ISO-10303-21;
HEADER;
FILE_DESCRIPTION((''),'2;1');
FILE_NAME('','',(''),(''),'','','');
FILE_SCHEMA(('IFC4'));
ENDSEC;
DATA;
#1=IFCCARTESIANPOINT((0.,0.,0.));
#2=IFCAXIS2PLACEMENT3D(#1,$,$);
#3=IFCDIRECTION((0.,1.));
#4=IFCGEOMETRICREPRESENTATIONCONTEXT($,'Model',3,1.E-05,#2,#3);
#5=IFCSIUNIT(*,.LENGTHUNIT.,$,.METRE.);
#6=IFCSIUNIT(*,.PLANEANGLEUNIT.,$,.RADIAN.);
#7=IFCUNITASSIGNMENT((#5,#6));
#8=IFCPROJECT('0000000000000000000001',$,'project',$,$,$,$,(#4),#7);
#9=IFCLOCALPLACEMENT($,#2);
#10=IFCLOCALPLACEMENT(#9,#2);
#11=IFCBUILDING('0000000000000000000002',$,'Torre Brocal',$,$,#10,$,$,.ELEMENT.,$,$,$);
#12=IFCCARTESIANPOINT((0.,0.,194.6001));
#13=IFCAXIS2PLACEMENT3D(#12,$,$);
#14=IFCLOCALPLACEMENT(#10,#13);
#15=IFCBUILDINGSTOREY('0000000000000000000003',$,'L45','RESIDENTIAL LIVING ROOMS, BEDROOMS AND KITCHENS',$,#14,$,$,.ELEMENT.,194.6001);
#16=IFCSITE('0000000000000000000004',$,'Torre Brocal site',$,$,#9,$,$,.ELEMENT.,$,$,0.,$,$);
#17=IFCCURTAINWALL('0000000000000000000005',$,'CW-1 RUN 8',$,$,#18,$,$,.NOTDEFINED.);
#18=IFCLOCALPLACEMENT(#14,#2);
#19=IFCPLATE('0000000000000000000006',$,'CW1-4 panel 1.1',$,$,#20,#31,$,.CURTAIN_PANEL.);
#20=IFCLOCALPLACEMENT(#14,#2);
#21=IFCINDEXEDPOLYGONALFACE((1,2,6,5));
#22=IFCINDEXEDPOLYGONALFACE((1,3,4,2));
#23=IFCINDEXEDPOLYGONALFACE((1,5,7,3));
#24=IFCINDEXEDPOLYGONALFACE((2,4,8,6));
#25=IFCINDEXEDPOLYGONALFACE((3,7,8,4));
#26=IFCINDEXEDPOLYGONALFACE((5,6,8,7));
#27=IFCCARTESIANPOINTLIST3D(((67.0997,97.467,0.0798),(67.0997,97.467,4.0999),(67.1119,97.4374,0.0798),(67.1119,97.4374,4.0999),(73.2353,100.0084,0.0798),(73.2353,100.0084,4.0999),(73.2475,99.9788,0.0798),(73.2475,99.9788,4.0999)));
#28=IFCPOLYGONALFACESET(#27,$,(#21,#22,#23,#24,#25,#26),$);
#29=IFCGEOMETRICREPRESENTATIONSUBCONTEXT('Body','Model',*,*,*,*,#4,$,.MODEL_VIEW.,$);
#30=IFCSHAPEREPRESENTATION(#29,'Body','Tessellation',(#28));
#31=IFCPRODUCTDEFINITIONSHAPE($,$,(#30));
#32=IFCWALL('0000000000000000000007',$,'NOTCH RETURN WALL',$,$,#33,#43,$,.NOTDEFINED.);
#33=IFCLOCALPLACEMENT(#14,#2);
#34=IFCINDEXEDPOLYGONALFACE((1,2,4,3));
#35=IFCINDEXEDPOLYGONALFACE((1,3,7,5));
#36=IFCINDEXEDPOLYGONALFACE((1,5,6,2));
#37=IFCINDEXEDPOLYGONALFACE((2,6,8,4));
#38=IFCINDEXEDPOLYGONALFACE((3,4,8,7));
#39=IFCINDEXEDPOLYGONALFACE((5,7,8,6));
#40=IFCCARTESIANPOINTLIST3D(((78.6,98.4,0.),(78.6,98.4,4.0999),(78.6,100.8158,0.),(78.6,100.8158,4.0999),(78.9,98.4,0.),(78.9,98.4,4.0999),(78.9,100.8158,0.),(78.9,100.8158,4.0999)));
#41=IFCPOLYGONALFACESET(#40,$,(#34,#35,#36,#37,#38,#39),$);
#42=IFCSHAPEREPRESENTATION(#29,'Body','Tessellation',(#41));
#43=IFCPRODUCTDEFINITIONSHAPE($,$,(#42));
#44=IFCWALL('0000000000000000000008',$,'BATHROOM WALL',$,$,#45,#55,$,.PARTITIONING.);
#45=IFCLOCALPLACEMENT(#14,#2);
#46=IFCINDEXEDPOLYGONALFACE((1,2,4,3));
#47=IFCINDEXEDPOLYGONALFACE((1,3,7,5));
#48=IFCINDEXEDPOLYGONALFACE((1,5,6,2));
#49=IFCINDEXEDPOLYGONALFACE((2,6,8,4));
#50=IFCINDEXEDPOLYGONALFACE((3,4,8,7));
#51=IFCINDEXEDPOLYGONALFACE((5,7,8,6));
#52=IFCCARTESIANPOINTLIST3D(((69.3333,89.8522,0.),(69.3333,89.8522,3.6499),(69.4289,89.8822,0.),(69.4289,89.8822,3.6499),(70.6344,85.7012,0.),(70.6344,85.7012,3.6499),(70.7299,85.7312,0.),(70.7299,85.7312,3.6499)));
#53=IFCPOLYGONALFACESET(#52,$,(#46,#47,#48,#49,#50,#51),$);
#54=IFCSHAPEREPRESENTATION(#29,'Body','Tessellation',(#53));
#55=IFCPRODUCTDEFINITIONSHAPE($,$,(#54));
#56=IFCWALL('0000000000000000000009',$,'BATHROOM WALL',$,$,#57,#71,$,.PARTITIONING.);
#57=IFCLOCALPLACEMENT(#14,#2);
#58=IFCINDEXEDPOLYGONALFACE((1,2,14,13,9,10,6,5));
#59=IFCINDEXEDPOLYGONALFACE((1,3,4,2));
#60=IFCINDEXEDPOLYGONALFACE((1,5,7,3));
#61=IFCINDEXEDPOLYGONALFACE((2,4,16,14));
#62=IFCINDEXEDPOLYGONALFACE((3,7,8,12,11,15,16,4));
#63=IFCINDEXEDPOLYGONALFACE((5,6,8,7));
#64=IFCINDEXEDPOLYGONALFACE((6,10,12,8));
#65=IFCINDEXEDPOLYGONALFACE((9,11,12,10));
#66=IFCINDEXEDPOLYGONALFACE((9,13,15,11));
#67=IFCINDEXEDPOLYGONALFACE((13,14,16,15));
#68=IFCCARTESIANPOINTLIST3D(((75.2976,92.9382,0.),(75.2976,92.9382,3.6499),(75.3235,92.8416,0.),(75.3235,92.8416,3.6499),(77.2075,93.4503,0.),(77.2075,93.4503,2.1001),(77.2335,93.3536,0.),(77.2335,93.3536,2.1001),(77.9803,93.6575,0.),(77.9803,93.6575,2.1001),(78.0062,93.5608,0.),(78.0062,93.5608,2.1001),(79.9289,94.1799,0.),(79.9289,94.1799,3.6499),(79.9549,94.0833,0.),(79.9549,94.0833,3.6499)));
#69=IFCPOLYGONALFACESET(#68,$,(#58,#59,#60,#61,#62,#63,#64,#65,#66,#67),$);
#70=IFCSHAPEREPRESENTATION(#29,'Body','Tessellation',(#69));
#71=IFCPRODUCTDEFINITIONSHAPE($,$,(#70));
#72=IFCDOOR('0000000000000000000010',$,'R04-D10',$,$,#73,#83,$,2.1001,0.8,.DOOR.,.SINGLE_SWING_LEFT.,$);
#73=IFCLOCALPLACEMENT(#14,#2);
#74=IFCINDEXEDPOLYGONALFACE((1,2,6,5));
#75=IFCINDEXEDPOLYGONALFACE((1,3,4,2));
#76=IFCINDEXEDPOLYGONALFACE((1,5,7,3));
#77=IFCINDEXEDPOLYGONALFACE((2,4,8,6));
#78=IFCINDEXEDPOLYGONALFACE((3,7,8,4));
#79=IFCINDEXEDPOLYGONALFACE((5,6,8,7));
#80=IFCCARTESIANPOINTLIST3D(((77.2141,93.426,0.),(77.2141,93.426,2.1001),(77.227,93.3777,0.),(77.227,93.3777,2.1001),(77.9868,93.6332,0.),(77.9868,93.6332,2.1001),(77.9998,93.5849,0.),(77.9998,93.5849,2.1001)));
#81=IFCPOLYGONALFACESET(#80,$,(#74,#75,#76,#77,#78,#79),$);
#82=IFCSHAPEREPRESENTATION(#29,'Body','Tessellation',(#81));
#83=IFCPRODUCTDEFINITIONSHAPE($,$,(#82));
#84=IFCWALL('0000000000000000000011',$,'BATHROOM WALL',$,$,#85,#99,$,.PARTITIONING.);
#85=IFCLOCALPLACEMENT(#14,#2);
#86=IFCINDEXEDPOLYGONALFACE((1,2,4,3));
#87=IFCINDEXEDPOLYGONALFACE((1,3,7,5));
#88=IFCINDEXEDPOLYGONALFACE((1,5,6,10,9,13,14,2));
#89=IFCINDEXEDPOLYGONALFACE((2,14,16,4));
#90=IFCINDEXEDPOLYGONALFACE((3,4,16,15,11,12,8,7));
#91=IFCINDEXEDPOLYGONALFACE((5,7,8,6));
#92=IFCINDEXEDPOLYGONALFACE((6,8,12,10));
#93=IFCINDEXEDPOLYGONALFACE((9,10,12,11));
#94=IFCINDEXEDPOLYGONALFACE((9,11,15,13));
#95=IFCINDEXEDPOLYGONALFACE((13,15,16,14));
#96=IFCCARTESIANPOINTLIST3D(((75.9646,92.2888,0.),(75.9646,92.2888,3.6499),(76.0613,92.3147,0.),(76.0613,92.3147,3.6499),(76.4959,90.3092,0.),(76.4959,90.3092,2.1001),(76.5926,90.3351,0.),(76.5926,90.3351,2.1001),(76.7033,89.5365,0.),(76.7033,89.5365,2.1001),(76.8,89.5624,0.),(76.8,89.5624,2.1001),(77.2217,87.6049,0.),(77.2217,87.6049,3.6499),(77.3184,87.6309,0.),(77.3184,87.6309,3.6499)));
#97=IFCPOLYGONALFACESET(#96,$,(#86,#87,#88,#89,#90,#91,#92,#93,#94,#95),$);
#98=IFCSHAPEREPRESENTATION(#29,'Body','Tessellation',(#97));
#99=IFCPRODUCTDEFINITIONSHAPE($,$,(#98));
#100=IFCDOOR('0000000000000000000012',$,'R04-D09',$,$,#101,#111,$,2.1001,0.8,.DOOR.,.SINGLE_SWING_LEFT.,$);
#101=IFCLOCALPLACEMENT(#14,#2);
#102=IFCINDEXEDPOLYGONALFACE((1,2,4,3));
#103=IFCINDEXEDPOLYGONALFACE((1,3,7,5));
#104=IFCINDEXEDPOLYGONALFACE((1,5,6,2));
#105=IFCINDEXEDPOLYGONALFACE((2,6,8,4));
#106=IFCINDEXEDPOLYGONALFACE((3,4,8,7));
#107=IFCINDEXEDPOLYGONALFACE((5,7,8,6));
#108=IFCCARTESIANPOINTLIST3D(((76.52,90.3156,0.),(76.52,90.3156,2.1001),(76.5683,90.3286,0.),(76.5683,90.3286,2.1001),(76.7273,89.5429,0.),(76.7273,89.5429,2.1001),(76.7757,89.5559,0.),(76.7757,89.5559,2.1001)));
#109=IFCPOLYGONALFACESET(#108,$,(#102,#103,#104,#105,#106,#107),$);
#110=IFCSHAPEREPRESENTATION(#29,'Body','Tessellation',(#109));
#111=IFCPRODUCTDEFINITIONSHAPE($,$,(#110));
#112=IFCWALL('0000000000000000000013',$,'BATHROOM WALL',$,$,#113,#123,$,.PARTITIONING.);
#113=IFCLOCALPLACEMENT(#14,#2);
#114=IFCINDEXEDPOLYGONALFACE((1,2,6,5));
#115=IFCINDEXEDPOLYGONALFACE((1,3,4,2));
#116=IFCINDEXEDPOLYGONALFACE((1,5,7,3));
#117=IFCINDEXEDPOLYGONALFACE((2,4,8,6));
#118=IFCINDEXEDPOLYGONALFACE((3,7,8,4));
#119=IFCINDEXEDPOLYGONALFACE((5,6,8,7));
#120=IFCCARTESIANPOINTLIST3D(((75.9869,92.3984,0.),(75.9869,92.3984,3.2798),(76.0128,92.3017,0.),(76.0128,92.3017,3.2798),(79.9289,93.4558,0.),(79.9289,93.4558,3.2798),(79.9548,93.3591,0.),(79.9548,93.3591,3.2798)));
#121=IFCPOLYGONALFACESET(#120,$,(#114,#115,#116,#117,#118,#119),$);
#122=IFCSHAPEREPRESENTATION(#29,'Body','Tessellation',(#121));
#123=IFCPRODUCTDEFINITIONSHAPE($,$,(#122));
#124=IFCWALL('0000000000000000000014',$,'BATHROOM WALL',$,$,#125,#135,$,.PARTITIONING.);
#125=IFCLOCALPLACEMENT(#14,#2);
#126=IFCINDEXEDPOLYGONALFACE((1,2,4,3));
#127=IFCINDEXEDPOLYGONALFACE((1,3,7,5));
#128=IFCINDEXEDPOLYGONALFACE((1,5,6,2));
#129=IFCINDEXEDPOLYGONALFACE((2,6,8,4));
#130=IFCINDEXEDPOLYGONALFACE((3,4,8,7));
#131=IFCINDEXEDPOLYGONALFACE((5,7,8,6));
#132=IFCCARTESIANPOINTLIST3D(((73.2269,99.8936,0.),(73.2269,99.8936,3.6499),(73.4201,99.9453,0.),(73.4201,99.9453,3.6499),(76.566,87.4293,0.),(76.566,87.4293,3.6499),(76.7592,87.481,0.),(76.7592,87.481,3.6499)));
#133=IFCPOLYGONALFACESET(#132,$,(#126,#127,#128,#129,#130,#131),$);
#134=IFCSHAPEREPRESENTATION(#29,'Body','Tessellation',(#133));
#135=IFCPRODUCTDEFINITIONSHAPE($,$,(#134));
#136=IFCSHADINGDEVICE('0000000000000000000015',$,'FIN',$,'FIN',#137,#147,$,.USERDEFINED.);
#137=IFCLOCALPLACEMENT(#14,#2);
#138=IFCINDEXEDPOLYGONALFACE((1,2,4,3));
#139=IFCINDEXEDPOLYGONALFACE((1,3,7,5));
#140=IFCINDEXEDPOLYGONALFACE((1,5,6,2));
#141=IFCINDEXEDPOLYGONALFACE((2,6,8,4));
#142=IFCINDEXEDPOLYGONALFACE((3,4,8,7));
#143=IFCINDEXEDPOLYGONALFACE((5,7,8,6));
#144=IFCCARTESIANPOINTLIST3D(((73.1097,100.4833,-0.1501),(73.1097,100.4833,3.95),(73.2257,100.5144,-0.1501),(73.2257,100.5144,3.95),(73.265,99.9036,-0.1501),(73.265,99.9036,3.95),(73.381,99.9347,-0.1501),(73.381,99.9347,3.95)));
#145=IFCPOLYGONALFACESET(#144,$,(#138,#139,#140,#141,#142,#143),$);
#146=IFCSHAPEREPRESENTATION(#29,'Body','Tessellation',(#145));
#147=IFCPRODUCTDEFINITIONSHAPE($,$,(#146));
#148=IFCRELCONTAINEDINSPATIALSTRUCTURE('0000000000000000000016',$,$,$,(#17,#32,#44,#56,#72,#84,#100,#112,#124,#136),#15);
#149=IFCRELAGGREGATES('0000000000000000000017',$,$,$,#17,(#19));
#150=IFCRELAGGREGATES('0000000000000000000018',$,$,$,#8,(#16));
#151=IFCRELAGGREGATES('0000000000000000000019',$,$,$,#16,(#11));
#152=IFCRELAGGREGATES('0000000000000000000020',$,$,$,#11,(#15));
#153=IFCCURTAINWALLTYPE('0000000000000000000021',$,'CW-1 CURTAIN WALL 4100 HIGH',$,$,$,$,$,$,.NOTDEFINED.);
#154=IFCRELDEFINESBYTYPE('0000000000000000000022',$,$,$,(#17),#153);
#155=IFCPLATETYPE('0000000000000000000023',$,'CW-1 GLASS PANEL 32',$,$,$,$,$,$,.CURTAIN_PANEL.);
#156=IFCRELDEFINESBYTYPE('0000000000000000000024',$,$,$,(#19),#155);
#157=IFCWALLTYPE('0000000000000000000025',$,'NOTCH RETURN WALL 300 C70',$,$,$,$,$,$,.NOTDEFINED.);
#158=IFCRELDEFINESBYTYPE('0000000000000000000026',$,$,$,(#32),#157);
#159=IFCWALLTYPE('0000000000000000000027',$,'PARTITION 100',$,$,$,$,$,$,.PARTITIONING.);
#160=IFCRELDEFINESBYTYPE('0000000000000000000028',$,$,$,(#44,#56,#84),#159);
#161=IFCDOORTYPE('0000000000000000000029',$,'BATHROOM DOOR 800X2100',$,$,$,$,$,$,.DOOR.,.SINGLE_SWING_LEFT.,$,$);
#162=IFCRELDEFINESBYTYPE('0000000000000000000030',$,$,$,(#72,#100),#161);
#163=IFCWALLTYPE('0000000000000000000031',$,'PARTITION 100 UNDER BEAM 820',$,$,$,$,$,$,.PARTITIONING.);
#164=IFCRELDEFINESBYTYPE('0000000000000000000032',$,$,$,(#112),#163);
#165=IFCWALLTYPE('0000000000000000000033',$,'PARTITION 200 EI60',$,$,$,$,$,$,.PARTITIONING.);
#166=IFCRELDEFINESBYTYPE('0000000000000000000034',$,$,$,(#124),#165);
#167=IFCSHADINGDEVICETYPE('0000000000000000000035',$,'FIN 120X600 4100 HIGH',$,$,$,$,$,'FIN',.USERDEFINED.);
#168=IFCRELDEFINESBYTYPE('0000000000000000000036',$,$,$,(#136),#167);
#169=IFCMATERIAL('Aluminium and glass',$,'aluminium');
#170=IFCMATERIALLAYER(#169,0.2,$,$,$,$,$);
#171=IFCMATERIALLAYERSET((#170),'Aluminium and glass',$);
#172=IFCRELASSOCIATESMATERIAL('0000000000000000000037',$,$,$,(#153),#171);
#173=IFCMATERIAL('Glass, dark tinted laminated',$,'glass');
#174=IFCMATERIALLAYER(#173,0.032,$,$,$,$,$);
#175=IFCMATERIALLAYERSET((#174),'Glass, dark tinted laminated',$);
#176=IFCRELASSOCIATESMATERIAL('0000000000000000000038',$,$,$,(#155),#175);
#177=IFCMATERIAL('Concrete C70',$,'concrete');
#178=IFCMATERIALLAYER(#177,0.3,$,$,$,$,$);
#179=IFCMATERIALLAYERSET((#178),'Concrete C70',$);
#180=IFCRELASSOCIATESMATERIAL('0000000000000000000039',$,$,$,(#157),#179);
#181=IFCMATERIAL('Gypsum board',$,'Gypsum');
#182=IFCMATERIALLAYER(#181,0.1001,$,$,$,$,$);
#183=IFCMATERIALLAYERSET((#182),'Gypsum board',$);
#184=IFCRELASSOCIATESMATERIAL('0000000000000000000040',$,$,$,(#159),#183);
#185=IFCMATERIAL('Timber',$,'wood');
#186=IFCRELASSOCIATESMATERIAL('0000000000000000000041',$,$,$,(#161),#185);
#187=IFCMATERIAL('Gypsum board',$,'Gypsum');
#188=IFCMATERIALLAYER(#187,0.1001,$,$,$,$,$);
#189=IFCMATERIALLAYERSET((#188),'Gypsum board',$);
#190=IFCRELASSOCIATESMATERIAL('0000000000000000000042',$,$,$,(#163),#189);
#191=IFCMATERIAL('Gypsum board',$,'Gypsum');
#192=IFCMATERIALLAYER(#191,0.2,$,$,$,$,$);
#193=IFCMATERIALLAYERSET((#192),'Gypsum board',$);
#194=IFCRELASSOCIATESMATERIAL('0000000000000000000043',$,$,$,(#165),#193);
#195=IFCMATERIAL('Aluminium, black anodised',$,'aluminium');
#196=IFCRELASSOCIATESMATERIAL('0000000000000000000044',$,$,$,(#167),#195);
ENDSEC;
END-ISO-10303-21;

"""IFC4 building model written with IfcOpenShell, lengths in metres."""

from ifc_helpers import new_model, si_unit, direction, frame, frame_2d, origin, origin_2d, place, context, subcontext, project, spatial, rectangle, extrude, material, layer, layer_set, material_profile, profile_set, type_object, element, fill, aggregate, save


model = new_model("IFC4")

# Units and contexts
model_context = context("Model", 3, precision=1e-05, world=origin(), true_north=direction((0.0, 1.0)))
body_context = subcontext(model_context, "Body", "Model", "MODEL_VIEW")
ifc_project = project(units=[si_unit("LENGTHUNIT", "METRE"), si_unit("PLANEANGLEUNIT", "RADIAN")], contexts=[model_context])

# Site, building, storey
site_placement = place(None, origin())
site = spatial("IfcSite", under=ifc_project, at=site_placement, Name="Torre Brocal site", CompositionType="ELEMENT", RefElevation=0.0)
building_placement = place(site_placement, origin())
building = spatial("IfcBuilding", under=site, at=building_placement, Name="Torre Brocal", CompositionType="ELEMENT")
storey_placement = place(building_placement, frame((0.0, 0.0, 194.6001)))
storey = spatial("IfcBuildingStorey", under=building, at=storey_placement, Name="L45", Description="RESIDENTIAL LIVING ROOMS, BEDROOMS AND KITCHENS", CompositionType="ELEMENT", Elevation=194.6001)

# Shared definitions
ifc_material_1 = material(Name="Aluminium and glass", Category="aluminium")
ifc_layer_1 = layer(ifc_material_1, 0.2)
ifc_layer_set_1 = layer_set([ifc_layer_1], Name="Aluminium and glass")
curtain_wall_type = type_object("IfcCurtainWallType", Name="CW-1 CURTAIN WALL 4100 HIGH", PredefinedType="NOTDEFINED", material=ifc_layer_set_1)

# Curtain wall
curtain_wall_1_placement = place(storey_placement, origin())
curtain_wall_1 = element("IfcCurtainWall", 1, at=curtain_wall_1_placement, inside=storey, type_object=curtain_wall_type, Name="CW-1 RUN 8", PredefinedType="NOTDEFINED")

# Plate
ifc_material_2 = material(Name="Glass, dark tinted laminated", Category="glass")
ifc_layer_2 = layer(ifc_material_2, 0.032)
ifc_layer_set_2 = layer_set([ifc_layer_2], Name="Glass, dark tinted laminated")
plate_type = type_object("IfcPlateType", Name="CW-1 GLASS PANEL 32", PredefinedType="CURTAIN_PANEL", material=ifc_layer_set_2)
plate_1_placement = place(storey_placement, frame((70.1736, 98.7229, 0.0798), z_axis=(0.0, 0.0, 1.0), x_axis=(-0.92388, -0.382683, 0.0)))
plate_1 = element("IfcPlate", 2, at=plate_1_placement, type_object=plate_type, Name="CW1-4 panel 1.1", PredefinedType="CURTAIN_PANEL", context=body_context, shape_type="SweptSolid", body=[
    extrude(rectangle(XDim=6.6411, YDim=0.032, at=origin_2d()), origin(), (0.0, 0.0, 1.0), 4.02),
])
aggregate(curtain_wall_1, [plate_1])

# Walls
ifc_material_3 = material(Name="Concrete C70", Category="concrete")
ifc_layer_3 = layer(ifc_material_3, 0.3)
ifc_layer_set_3 = layer_set([ifc_layer_3], Name="Concrete C70")
wall_type_1 = type_object("IfcWallType", Name="NOTCH RETURN WALL 300 C70", PredefinedType="NOTDEFINED", material=ifc_layer_set_3)
wall_1_placement = place(storey_placement, frame((78.75, 98.3999, 0.0), z_axis=(0.0, 0.0, 1.0), x_axis=(0.0, 1.0, 0.0)))
element("IfcWall", 3, at=wall_1_placement, inside=storey, type_object=wall_type_1, Name="NOTCH RETURN WALL", PredefinedType="NOTDEFINED", context=body_context, shape_type="SweptSolid", body=[
    extrude(rectangle(XDim=2.4158, YDim=0.3, at=frame_2d((1.208, 0.0))), origin(), (0.0, 0.0, 1.0), 4.0999),
])
ifc_material_4 = material(Name="Gypsum board", Category="Gypsum")
ifc_layer_4 = layer(ifc_material_4, 0.1001)
ifc_layer_set_4 = layer_set([ifc_layer_4], Name="Gypsum board")
wall_type_2 = type_object("IfcWallType", Name="PARTITION 100", PredefinedType="PARTITIONING", material=ifc_layer_set_4)
wall_2_placement = place(storey_placement, frame((69.3811, 89.8672, 0.0), z_axis=(0.0, 0.0, 1.0), x_axis=(0.299087, -0.954226, 0.0)))
element("IfcWall", 4, at=wall_2_placement, inside=storey, type_object=wall_type_2, Name="BATHROOM WALL", PredefinedType="PARTITIONING", context=body_context, shape_type="SweptSolid", body=[
    extrude(rectangle(XDim=4.3501, YDim=0.1001, at=frame_2d((2.175, 0.0))), origin(), (0.0, 0.0, 1.0), 3.6499),
])

# Walls, openings, doors
wall_3_placement = place(storey_placement, frame((75.3105, 92.8899, 0.0), z_axis=(0.0, 0.0, 1.0), x_axis=(0.965888, 0.258962, 0.0)))
wall_3 = element("IfcWall", 5, at=wall_3_placement, inside=storey, type_object=wall_type_2, Name="BATHROOM WALL", PredefinedType="PARTITIONING", context=body_context, shape_type="SweptSolid", body=[
    extrude(rectangle(XDim=4.7949, YDim=0.1001, at=frame_2d((2.3975, 0.0))), origin(), (0.0, 0.0, 1.0), 3.6499),
])
opening_1_placement = place(wall_3_placement, frame((1.9775, 0.0, 0.0)))
opening_1 = element("IfcOpeningElement", 6, at=opening_1_placement, cuts=wall_3, PredefinedType="OPENING", context=body_context, shape_type="SweptSolid", body=[
    extrude(rectangle(XDim=0.8, YDim=2.1001, at=frame_2d((0.3999, 1.05))), frame((0.0, 0.0601, 0.0), z_axis=(0.0, -1.0, 0.0), x_axis=(1.0, 0.0, 0.0)), (0.0, 0.0, 1.0), 0.1201),
])
ifc_material_5 = material(Name="Timber", Category="wood")
door_type = type_object("IfcDoorType", Name="BATHROOM DOOR 800X2100", OperationType="SINGLE_SWING_LEFT", PredefinedType="DOOR", material=ifc_material_5)
door_1_placement = place(opening_1_placement, origin())
door_1 = element("IfcDoor", 7, at=door_1_placement, inside=storey, type_object=door_type, Name="R04-D10", OperationType="SINGLE_SWING_LEFT", OverallHeight=2.1001, OverallWidth=0.8, PredefinedType="DOOR", context=body_context, shape_type="SweptSolid", body=[
    extrude(rectangle(XDim=0.8, YDim=2.1001, at=frame_2d((0.3999, 1.05))), frame((0.0, 0.0249, 0.0), z_axis=(0.0, -1.0, 0.0), x_axis=(1.0, 0.0, 0.0)), (0.0, 0.0, 1.0), 0.05),
])
fill(opening_1, door_1)
wall_4_placement = place(storey_placement, frame((76.0129, 92.3018, 0.0), z_axis=(0.0, 0.0, 1.0), x_axis=(0.259213, -0.96582, 0.0)))
wall_4 = element("IfcWall", 8, at=wall_4_placement, inside=storey, type_object=wall_type_2, Name="BATHROOM WALL", PredefinedType="PARTITIONING", context=body_context, shape_type="SweptSolid", body=[
    extrude(rectangle(XDim=4.8496, YDim=0.1001, at=frame_2d((2.4248, 0.0))), origin(), (0.0, 0.0, 1.0), 3.6499),
])
opening_2_placement = place(wall_4_placement, frame((2.0498, 0.0, 0.0)))
opening_2 = element("IfcOpeningElement", 9, at=opening_2_placement, cuts=wall_4, PredefinedType="OPENING", context=body_context, shape_type="SweptSolid", body=[
    extrude(rectangle(XDim=0.8, YDim=2.1001, at=frame_2d((0.3999, 1.05))), frame((0.0, 0.0601, 0.0), z_axis=(0.0, -1.0, 0.0), x_axis=(1.0, 0.0, 0.0)), (0.0, 0.0, 1.0), 0.1201),
])
door_2_placement = place(opening_2_placement, origin())
door_2 = element("IfcDoor", 10, at=door_2_placement, inside=storey, type_object=door_type, Name="R04-D09", OperationType="SINGLE_SWING_LEFT", OverallHeight=2.1001, OverallWidth=0.8, PredefinedType="DOOR", context=body_context, shape_type="SweptSolid", body=[
    extrude(rectangle(XDim=0.8, YDim=2.1001, at=frame_2d((0.3999, 1.05))), frame((0.0, 0.0249, 0.0), z_axis=(0.0, -1.0, 0.0), x_axis=(1.0, 0.0, 0.0)), (0.0, 0.0, 1.0), 0.05),
])
fill(opening_2, door_2)

# Walls
ifc_material_6 = material(Name="Gypsum board", Category="Gypsum")
ifc_layer_5 = layer(ifc_material_6, 0.1001)
ifc_layer_set_5 = layer_set([ifc_layer_5], Name="Gypsum board")
wall_type_3 = type_object("IfcWallType", Name="PARTITION 100 UNDER BEAM 820", PredefinedType="PARTITIONING", material=ifc_layer_set_5)
wall_5_placement = place(storey_placement, frame((76.0, 92.3501, 0.0), z_axis=(0.0, 0.0, 1.0), x_axis=(0.965856, 0.259081, 0.0)))
element("IfcWall", 11, at=wall_5_placement, inside=storey, type_object=wall_type_3, Name="BATHROOM WALL", PredefinedType="PARTITIONING", context=body_context, shape_type="SweptSolid", body=[
    extrude(rectangle(XDim=4.0813, YDim=0.1001, at=frame_2d((2.0405, 0.0))), origin(), (0.0, 0.0, 1.0), 3.2798),
])
ifc_material_7 = material(Name="Gypsum board", Category="Gypsum")
ifc_layer_6 = layer(ifc_material_7, 0.2)
ifc_layer_set_6 = layer_set([ifc_layer_6], Name="Gypsum board")
wall_type_4 = type_object("IfcWallType", Name="PARTITION 200 EI60", PredefinedType="PARTITIONING", material=ifc_layer_set_6)
wall_6_placement = place(storey_placement, frame((73.3235, 99.9194, 0.0), z_axis=(0.0, 0.0, 1.0), x_axis=(0.258768, -0.965939, 0.0)))
element("IfcWall", 12, at=wall_6_placement, inside=storey, type_object=wall_type_4, Name="BATHROOM WALL", PredefinedType="PARTITIONING", context=body_context, shape_type="SweptSolid", body=[
    extrude(rectangle(XDim=12.9038, YDim=0.2, at=frame_2d((6.4519, 0.0))), origin(), (0.0, 0.0, 1.0), 3.6499),
])

# Shading device
ifc_material_8 = material(Name="Aluminium, black anodised", Category="aluminium")
ifc_material_profile_1 = material_profile(ifc_material_8, rectangle(XDim=0.1201, YDim=0.6001, at=origin_2d()), Name="FIN 120X600 4100 HIGH")
ifc_profile_set_1 = profile_set([ifc_material_profile_1], Name="Aluminium, black anodised")
shading_device_type = type_object("IfcShadingDeviceType", Name="FIN 120X600 4100 HIGH", ElementType="FIN", PredefinedType="USERDEFINED", material=ifc_profile_set_1)
shading_device_placement = place(storey_placement, frame((73.2454, 100.209, -0.1501), z_axis=(0.0, 0.0, 1.0), x_axis=(-0.965926, -0.258819, 0.0)))
element("IfcShadingDevice", 13, at=shading_device_placement, inside=storey, type_object=shading_device_type, Name="FIN", ObjectType="FIN", PredefinedType="USERDEFINED", context=body_context, shape_type="SweptSolid", body=[
    extrude(rectangle(XDim=0.1201, YDim=0.6001, at=origin_2d()), origin(), (0.0, 0.0, 1.0), 4.1001),
])

save(model, "model.ifc")
